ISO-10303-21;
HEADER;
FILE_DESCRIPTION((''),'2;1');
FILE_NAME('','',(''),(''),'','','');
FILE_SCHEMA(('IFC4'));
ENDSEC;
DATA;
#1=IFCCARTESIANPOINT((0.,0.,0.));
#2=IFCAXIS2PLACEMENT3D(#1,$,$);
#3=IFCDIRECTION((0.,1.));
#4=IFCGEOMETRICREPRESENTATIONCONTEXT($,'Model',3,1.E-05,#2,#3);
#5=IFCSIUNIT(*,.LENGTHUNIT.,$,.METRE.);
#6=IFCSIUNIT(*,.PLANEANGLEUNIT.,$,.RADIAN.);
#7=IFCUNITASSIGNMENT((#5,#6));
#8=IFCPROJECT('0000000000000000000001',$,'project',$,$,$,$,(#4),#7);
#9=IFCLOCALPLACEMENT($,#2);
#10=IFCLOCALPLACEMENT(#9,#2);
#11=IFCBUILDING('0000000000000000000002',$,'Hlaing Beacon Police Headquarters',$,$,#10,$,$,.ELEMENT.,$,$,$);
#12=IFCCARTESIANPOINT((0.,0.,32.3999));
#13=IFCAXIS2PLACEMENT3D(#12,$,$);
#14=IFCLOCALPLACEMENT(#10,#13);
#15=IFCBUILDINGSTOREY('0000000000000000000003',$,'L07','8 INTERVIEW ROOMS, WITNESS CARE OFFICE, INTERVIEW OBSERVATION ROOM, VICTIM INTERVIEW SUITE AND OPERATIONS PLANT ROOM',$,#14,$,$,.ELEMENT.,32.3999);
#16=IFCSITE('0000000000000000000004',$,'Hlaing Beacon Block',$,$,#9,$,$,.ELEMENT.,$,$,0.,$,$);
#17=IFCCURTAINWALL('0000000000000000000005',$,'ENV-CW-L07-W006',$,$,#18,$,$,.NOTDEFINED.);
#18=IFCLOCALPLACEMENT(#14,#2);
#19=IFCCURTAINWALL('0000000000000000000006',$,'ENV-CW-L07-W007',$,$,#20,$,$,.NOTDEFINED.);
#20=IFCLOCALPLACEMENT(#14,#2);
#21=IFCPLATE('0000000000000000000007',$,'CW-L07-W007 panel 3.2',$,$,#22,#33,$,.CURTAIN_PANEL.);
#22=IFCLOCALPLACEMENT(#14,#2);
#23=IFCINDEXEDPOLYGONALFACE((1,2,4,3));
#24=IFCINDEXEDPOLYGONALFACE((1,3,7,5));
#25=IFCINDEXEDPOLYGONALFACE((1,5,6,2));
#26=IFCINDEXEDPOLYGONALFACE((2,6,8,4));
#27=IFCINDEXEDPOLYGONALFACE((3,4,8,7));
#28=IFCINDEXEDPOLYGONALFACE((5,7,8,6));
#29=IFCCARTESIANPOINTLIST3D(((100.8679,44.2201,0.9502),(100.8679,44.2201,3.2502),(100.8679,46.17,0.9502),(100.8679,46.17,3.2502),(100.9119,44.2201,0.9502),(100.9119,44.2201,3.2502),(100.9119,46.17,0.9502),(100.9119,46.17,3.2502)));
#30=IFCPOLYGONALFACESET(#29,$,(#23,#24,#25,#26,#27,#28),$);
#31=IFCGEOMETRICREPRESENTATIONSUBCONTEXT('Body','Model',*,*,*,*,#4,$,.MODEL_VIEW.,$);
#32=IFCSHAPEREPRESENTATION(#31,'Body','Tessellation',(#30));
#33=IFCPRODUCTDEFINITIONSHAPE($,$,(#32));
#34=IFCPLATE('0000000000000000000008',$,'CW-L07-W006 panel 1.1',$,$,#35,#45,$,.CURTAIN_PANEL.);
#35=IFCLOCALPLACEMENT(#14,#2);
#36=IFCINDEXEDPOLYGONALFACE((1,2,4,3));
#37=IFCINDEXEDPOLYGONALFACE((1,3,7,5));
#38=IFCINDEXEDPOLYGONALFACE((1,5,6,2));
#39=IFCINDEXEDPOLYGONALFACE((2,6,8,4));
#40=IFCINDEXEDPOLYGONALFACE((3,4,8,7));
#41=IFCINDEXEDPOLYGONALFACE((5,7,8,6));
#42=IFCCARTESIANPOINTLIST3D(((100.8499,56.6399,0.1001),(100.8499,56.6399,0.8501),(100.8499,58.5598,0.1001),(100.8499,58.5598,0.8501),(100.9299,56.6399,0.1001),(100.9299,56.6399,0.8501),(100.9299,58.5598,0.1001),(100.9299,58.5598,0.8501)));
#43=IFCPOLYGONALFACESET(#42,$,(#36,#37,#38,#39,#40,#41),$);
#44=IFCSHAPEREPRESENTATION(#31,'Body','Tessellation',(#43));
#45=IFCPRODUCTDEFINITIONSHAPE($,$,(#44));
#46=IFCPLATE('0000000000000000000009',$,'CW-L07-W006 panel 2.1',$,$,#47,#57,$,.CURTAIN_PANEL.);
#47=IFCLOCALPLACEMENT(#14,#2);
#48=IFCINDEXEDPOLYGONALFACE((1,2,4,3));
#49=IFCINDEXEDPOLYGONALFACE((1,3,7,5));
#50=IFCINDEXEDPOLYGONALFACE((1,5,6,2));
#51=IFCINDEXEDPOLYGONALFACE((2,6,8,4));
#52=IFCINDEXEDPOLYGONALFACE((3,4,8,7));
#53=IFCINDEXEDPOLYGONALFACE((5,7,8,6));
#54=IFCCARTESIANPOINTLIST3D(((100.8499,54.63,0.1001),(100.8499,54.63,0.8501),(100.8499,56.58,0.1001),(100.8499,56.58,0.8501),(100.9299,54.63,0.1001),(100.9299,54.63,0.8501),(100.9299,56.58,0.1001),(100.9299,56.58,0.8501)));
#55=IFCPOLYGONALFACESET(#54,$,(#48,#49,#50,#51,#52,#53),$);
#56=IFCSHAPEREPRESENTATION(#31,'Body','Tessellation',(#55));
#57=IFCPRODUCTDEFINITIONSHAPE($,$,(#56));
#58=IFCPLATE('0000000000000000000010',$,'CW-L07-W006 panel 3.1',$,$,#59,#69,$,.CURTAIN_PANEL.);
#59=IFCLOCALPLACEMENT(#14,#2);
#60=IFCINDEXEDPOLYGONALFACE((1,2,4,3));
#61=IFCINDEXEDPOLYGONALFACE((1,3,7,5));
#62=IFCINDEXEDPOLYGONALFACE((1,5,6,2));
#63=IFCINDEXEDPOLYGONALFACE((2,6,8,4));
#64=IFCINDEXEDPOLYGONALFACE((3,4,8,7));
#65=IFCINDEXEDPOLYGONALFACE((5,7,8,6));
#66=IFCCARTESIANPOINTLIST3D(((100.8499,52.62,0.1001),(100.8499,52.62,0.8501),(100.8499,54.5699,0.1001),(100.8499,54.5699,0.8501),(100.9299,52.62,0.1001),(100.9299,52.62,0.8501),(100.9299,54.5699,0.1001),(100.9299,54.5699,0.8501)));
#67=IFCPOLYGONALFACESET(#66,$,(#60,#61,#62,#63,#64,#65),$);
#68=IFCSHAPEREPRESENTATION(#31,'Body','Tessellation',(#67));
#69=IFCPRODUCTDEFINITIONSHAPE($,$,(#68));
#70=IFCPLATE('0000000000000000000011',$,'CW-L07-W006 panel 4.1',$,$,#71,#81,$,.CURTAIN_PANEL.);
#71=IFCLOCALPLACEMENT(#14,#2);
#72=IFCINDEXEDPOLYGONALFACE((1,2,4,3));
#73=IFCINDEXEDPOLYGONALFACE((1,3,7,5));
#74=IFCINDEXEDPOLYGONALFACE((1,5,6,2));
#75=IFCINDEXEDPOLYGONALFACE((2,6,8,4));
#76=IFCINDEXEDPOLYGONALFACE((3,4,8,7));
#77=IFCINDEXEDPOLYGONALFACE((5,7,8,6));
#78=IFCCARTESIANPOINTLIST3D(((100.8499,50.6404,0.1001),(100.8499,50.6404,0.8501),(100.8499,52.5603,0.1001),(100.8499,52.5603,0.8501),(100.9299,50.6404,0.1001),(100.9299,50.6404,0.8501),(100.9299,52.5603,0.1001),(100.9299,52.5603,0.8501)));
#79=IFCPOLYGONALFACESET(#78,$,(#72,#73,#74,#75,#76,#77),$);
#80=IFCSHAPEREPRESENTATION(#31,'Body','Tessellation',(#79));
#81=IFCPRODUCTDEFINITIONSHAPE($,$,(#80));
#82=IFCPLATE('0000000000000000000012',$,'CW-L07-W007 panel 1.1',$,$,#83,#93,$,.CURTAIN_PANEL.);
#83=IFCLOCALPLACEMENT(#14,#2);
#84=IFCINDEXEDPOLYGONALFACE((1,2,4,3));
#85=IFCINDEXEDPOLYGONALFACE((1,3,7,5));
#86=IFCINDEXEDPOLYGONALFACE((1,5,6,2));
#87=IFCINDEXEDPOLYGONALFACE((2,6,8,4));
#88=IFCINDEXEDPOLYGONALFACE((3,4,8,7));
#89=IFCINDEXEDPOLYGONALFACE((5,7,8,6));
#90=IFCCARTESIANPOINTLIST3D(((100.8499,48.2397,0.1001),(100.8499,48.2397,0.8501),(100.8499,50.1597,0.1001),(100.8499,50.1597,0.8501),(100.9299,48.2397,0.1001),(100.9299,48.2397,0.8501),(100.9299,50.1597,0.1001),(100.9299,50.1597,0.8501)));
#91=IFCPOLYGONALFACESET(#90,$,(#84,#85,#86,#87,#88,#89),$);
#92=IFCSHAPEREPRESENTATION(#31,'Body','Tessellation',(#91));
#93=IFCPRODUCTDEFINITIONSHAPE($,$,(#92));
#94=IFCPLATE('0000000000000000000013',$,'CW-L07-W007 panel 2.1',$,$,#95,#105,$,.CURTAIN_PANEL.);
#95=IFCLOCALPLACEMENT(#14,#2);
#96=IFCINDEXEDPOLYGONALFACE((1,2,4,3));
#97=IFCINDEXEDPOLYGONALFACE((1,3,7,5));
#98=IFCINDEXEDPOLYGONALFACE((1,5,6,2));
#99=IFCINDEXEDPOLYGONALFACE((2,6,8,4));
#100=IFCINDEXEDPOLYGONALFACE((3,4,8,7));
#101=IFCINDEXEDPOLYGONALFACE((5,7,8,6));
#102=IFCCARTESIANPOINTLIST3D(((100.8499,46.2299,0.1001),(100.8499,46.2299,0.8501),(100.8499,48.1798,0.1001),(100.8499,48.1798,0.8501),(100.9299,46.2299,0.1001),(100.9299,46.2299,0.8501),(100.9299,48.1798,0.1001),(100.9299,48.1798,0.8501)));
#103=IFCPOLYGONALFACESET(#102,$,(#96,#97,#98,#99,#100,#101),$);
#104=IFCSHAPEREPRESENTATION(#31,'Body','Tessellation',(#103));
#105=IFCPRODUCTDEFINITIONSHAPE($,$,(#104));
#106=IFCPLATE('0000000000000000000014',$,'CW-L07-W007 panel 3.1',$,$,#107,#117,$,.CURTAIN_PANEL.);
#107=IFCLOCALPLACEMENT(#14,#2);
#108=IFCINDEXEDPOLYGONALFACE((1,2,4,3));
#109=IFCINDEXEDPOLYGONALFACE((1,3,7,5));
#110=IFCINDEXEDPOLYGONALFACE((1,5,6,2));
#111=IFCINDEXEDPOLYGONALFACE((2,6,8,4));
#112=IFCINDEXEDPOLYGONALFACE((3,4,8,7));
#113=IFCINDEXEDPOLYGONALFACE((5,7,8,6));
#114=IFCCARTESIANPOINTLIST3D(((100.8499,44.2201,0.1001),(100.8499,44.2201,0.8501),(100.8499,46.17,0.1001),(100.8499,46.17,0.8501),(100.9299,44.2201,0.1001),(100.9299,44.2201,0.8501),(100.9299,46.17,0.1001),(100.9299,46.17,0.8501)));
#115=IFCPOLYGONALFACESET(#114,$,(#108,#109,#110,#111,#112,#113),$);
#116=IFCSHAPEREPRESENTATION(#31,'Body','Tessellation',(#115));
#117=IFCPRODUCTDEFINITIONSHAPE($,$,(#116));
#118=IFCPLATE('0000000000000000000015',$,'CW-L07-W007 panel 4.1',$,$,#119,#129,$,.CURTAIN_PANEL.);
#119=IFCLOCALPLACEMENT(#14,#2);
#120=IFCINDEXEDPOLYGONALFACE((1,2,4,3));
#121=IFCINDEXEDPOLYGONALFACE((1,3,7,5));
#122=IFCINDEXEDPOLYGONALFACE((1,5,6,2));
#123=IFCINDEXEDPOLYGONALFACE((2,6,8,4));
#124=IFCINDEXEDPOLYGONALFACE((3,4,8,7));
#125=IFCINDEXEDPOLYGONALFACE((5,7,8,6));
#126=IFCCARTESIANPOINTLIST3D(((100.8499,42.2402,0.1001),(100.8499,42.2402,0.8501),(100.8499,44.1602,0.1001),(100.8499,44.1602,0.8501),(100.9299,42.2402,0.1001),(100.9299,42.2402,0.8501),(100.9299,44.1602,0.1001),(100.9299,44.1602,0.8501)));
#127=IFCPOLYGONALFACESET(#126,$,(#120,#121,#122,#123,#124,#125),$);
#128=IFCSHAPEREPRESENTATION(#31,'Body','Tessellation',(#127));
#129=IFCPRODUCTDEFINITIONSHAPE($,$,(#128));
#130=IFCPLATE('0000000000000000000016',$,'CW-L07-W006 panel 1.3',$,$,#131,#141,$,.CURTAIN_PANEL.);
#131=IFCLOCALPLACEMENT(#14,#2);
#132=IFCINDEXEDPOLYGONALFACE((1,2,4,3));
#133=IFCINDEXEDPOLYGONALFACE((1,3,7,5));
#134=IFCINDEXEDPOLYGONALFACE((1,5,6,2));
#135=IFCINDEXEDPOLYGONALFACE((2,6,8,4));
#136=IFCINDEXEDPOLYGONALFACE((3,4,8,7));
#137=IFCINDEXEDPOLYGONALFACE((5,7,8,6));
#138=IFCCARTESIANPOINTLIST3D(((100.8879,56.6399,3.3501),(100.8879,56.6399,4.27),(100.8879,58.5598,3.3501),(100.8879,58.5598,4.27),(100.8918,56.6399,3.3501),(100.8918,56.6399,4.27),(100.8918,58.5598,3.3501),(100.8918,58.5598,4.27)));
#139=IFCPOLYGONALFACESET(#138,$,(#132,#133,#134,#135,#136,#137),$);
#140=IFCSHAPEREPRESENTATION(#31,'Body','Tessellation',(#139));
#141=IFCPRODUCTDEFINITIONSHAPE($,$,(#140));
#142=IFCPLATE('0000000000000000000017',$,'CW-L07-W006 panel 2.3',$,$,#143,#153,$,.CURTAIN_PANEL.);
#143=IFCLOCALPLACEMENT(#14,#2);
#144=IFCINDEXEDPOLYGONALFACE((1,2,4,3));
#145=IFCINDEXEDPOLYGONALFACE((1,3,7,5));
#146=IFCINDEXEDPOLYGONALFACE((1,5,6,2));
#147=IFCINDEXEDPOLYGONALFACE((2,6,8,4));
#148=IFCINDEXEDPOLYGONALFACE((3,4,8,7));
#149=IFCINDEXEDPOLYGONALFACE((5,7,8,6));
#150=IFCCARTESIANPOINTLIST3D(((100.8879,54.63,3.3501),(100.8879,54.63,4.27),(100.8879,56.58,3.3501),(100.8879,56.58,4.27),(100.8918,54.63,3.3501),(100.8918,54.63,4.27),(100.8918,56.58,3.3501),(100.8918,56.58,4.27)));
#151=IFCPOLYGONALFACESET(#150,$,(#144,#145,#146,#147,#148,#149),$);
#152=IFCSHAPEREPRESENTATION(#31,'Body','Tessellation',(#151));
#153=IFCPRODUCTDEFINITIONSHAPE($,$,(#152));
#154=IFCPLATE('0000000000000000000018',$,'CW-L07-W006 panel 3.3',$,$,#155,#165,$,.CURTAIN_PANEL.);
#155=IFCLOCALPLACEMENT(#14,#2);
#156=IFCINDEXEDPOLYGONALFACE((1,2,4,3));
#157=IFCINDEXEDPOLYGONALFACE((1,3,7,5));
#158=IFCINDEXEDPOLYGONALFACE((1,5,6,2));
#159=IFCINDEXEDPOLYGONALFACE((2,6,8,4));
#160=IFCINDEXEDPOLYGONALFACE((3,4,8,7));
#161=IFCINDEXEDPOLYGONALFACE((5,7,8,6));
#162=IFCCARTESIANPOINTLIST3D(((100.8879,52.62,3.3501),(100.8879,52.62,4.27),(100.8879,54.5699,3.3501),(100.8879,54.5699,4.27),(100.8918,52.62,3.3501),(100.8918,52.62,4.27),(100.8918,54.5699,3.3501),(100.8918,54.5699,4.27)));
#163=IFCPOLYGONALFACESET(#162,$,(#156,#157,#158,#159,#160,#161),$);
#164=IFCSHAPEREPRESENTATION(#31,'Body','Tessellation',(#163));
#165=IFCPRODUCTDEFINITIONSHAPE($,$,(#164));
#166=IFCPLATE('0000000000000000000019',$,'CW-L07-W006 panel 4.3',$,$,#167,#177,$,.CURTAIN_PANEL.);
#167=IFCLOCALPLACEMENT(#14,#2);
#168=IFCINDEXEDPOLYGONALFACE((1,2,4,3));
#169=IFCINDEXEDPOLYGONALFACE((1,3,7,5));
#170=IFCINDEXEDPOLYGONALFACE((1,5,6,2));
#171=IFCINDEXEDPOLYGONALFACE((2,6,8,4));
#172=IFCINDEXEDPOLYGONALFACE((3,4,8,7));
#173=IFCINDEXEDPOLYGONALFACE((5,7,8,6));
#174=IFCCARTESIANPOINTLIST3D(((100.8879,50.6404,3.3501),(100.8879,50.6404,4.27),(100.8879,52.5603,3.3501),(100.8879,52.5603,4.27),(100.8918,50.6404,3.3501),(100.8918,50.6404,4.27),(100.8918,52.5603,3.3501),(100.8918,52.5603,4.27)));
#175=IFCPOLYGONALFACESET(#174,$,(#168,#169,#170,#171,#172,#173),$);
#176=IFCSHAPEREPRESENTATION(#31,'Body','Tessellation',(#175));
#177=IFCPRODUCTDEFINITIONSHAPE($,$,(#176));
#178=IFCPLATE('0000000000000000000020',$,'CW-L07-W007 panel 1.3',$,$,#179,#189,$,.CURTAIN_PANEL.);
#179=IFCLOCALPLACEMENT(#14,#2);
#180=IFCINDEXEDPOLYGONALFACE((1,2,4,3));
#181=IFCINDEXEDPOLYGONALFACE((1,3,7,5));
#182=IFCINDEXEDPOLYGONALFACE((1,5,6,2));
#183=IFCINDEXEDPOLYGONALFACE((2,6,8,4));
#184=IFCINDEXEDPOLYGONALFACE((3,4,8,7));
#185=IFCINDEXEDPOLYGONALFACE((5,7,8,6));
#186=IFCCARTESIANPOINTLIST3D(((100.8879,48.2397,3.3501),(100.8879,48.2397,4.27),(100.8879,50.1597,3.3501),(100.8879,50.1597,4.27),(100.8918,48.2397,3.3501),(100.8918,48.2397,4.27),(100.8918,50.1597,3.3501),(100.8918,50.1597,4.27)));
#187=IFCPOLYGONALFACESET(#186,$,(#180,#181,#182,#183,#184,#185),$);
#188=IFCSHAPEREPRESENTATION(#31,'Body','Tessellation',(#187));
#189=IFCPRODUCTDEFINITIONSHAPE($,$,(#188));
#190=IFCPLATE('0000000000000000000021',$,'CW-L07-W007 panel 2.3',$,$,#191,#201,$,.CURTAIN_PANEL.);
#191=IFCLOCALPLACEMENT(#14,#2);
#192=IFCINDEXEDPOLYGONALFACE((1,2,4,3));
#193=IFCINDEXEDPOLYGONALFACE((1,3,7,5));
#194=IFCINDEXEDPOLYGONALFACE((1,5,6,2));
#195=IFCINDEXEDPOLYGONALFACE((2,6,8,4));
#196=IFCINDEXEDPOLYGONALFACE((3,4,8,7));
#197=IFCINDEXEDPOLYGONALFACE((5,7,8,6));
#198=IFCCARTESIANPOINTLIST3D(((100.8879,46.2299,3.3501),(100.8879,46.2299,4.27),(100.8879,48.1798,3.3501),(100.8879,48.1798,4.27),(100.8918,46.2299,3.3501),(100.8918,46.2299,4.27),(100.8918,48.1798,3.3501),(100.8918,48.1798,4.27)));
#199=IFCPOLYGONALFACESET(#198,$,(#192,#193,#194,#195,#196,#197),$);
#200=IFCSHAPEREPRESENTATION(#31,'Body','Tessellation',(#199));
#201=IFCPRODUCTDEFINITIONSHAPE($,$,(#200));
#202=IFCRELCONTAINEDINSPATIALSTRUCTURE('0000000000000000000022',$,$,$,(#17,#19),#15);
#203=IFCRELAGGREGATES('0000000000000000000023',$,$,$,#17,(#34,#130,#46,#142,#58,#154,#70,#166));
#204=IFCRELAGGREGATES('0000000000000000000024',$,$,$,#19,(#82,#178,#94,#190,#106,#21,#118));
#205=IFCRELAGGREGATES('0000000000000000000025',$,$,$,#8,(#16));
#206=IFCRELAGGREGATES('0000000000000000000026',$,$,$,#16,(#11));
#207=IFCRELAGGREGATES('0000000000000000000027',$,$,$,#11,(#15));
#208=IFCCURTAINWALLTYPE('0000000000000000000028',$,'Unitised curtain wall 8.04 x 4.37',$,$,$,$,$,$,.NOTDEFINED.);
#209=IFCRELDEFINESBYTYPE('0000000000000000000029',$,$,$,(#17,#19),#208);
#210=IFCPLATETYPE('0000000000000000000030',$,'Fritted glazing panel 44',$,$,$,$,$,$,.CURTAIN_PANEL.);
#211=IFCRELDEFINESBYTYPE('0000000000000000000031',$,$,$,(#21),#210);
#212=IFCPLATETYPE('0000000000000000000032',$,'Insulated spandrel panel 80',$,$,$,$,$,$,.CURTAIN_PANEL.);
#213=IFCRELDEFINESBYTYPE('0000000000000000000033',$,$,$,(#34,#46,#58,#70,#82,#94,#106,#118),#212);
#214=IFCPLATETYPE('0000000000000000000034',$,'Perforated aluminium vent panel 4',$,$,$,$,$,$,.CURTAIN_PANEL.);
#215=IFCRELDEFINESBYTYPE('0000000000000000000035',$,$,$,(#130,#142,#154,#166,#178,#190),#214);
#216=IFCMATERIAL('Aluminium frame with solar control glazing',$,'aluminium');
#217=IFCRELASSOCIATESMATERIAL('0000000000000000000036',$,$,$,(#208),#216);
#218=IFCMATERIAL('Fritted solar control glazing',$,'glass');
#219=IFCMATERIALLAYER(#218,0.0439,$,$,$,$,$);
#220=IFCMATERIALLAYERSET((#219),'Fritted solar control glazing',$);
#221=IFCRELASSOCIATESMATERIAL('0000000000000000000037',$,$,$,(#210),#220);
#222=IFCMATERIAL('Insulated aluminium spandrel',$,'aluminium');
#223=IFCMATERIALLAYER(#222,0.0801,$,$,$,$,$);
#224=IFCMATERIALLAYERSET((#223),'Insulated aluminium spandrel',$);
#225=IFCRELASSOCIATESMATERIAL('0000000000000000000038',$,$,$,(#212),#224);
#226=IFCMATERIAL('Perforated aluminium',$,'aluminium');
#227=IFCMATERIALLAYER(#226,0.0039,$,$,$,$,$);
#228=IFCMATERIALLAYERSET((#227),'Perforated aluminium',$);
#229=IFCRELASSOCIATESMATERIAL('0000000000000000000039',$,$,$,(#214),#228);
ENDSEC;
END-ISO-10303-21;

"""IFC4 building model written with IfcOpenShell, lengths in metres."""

from ifc_helpers import new_model, si_unit, direction, frame, origin, origin_2d, place, context, subcontext, project, spatial, rectangle, extrude, material, layer, layer_set, type_object, element, aggregate, save


model = new_model("IFC4")

# Units and contexts
model_context = context("Model", 3, precision=1e-05, world=origin(), true_north=direction((0.0, 1.0)))
body_context = subcontext(model_context, "Body", "Model", "MODEL_VIEW")
ifc_project = project(units=[si_unit("LENGTHUNIT", "METRE"), si_unit("PLANEANGLEUNIT", "RADIAN")], contexts=[model_context])

# Site, building, storey
site_placement = place(None, origin())
site = spatial("IfcSite", under=ifc_project, at=site_placement, Name="Hlaing Beacon Block", CompositionType="ELEMENT", RefElevation=0.0)
building_placement = place(site_placement, origin())
building = spatial("IfcBuilding", under=site, at=building_placement, Name="Hlaing Beacon Police Headquarters", CompositionType="ELEMENT")
storey_placement = place(building_placement, frame((0.0, 0.0, 32.3999)))
storey = spatial("IfcBuildingStorey", under=building, at=storey_placement, Name="L07", Description="8 INTERVIEW ROOMS, WITNESS CARE OFFICE, INTERVIEW OBSERVATION ROOM, VICTIM INTERVIEW SUITE AND OPERATIONS PLANT ROOM", CompositionType="ELEMENT", Elevation=32.3999)

# Curtain walls
ifc_material_1 = material(Name="Aluminium frame with solar control glazing", Category="aluminium")
curtain_wall_type = type_object("IfcCurtainWallType", Name="Unitised curtain wall 8.04 x 4.37", PredefinedType="NOTDEFINED", material=ifc_material_1)
curtain_wall_1_placement = place(storey_placement, origin())
curtain_wall_1 = element("IfcCurtainWall", 1, at=curtain_wall_1_placement, inside=storey, type_object=curtain_wall_type, Name="ENV-CW-L07-W006", PredefinedType="NOTDEFINED")
curtain_wall_2_placement = place(storey_placement, origin())
curtain_wall_2 = element("IfcCurtainWall", 2, at=curtain_wall_2_placement, inside=storey, type_object=curtain_wall_type, Name="ENV-CW-L07-W007", PredefinedType="NOTDEFINED")

# Plates
ifc_material_2 = material(Name="Fritted solar control glazing", Category="glass")
ifc_layer_1 = layer(ifc_material_2, 0.0439)
ifc_layer_set_1 = layer_set([ifc_layer_1], Name="Fritted solar control glazing")
plate_type_1 = type_object("IfcPlateType", Name="Fritted glazing panel 44", PredefinedType="CURTAIN_PANEL", material=ifc_layer_set_1)
plate_1_placement = place(storey_placement, frame((100.8899, 45.1951, 0.9502), z_axis=(0.0, 0.0, 1.0), x_axis=(0.0, -1.0, 0.0)))
plate_1 = element("IfcPlate", 3, at=plate_1_placement, type_object=plate_type_1, Name="CW-L07-W007 panel 3.2", PredefinedType="CURTAIN_PANEL", context=body_context, shape_type="SweptSolid", body=[
    extrude(rectangle(XDim=1.95, YDim=0.0439, at=origin_2d()), origin(), (0.0, 0.0, 1.0), 2.3),
])
ifc_material_3 = material(Name="Insulated aluminium spandrel", Category="aluminium")
ifc_layer_2 = layer(ifc_material_3, 0.0801)
ifc_layer_set_2 = layer_set([ifc_layer_2], Name="Insulated aluminium spandrel")
plate_type_2 = type_object("IfcPlateType", Name="Insulated spandrel panel 80", PredefinedType="CURTAIN_PANEL", material=ifc_layer_set_2)
plate_2_placement = place(storey_placement, frame((100.8899, 57.5999, 0.1001), z_axis=(0.0, 0.0, 1.0), x_axis=(0.0, -1.0, 0.0)))
plate_2 = element("IfcPlate", 4, at=plate_2_placement, type_object=plate_type_2, Name="CW-L07-W006 panel 1.1", PredefinedType="CURTAIN_PANEL", context=body_context, shape_type="SweptSolid", body=[
    extrude(rectangle(XDim=1.9199, YDim=0.0801, at=origin_2d()), origin(), (0.0, 0.0, 1.0), 0.75),
])
plate_3_placement = place(storey_placement, frame((100.8899, 55.605, 0.1001), z_axis=(0.0, 0.0, 1.0), x_axis=(0.0, -1.0, 0.0)))
plate_3 = element("IfcPlate", 5, at=plate_3_placement, type_object=plate_type_2, Name="CW-L07-W006 panel 2.1", PredefinedType="CURTAIN_PANEL", context=body_context, shape_type="SweptSolid", body=[
    extrude(rectangle(XDim=1.95, YDim=0.0801, at=origin_2d()), origin(), (0.0, 0.0, 1.0), 0.75),
])
plate_4_placement = place(storey_placement, frame((100.8899, 53.595, 0.1001), z_axis=(0.0, 0.0, 1.0), x_axis=(0.0, -1.0, 0.0)))
plate_4 = element("IfcPlate", 6, at=plate_4_placement, type_object=plate_type_2, Name="CW-L07-W006 panel 3.1", PredefinedType="CURTAIN_PANEL", context=body_context, shape_type="SweptSolid", body=[
    extrude(rectangle(XDim=1.95, YDim=0.0801, at=origin_2d()), origin(), (0.0, 0.0, 1.0), 0.75),
])
plate_5_placement = place(storey_placement, frame((100.8899, 51.6003, 0.1001), z_axis=(0.0, 0.0, 1.0), x_axis=(0.0, -1.0, 0.0)))
plate_5 = element("IfcPlate", 7, at=plate_5_placement, type_object=plate_type_2, Name="CW-L07-W006 panel 4.1", PredefinedType="CURTAIN_PANEL", context=body_context, shape_type="SweptSolid", body=[
    extrude(rectangle(XDim=1.9199, YDim=0.0801, at=origin_2d()), origin(), (0.0, 0.0, 1.0), 0.75),
])
plate_6_placement = place(storey_placement, frame((100.8899, 49.1997, 0.1001), z_axis=(0.0, 0.0, 1.0), x_axis=(0.0, -1.0, 0.0)))
plate_6 = element("IfcPlate", 8, at=plate_6_placement, type_object=plate_type_2, Name="CW-L07-W007 panel 1.1", PredefinedType="CURTAIN_PANEL", context=body_context, shape_type="SweptSolid", body=[
    extrude(rectangle(XDim=1.9199, YDim=0.0801, at=origin_2d()), origin(), (0.0, 0.0, 1.0), 0.75),
])
plate_7_placement = place(storey_placement, frame((100.8899, 47.2048, 0.1001), z_axis=(0.0, 0.0, 1.0), x_axis=(0.0, -1.0, 0.0)))
plate_7 = element("IfcPlate", 9, at=plate_7_placement, type_object=plate_type_2, Name="CW-L07-W007 panel 2.1", PredefinedType="CURTAIN_PANEL", context=body_context, shape_type="SweptSolid", body=[
    extrude(rectangle(XDim=1.95, YDim=0.0801, at=origin_2d()), origin(), (0.0, 0.0, 1.0), 0.75),
])
plate_8_placement = place(storey_placement, frame((100.8899, 45.1951, 0.1001), z_axis=(0.0, 0.0, 1.0), x_axis=(0.0, -1.0, 0.0)))
plate_8 = element("IfcPlate", 10, at=plate_8_placement, type_object=plate_type_2, Name="CW-L07-W007 panel 3.1", PredefinedType="CURTAIN_PANEL", context=body_context, shape_type="SweptSolid", body=[
    extrude(rectangle(XDim=1.95, YDim=0.0801, at=origin_2d()), origin(), (0.0, 0.0, 1.0), 0.75),
])
plate_9_placement = place(storey_placement, frame((100.8899, 43.2002, 0.1001), z_axis=(0.0, 0.0, 1.0), x_axis=(0.0, -1.0, 0.0)))
plate_9 = element("IfcPlate", 11, at=plate_9_placement, type_object=plate_type_2, Name="CW-L07-W007 panel 4.1", PredefinedType="CURTAIN_PANEL", context=body_context, shape_type="SweptSolid", body=[
    extrude(rectangle(XDim=1.9199, YDim=0.0801, at=origin_2d()), origin(), (0.0, 0.0, 1.0), 0.75),
])
ifc_material_4 = material(Name="Perforated aluminium", Category="aluminium")
ifc_layer_3 = layer(ifc_material_4, 0.0039)
ifc_layer_set_3 = layer_set([ifc_layer_3], Name="Perforated aluminium")
plate_type_3 = type_object("IfcPlateType", Name="Perforated aluminium vent panel 4", PredefinedType="CURTAIN_PANEL", material=ifc_layer_set_3)
plate_10_placement = place(storey_placement, frame((100.8899, 57.5999, 3.3501), z_axis=(0.0, 0.0, 1.0), x_axis=(0.0, -1.0, 0.0)))
plate_10 = element("IfcPlate", 12, at=plate_10_placement, type_object=plate_type_3, Name="CW-L07-W006 panel 1.3", PredefinedType="CURTAIN_PANEL", context=body_context, shape_type="SweptSolid", body=[
    extrude(rectangle(XDim=1.9199, YDim=0.0039, at=origin_2d()), origin(), (0.0, 0.0, 1.0), 0.9199),
])
plate_11_placement = place(storey_placement, frame((100.8899, 55.605, 3.3501), z_axis=(0.0, 0.0, 1.0), x_axis=(0.0, -1.0, 0.0)))
plate_11 = element("IfcPlate", 13, at=plate_11_placement, type_object=plate_type_3, Name="CW-L07-W006 panel 2.3", PredefinedType="CURTAIN_PANEL", context=body_context, shape_type="SweptSolid", body=[
    extrude(rectangle(XDim=1.95, YDim=0.0039, at=origin_2d()), origin(), (0.0, 0.0, 1.0), 0.9199),
])
plate_12_placement = place(storey_placement, frame((100.8899, 53.595, 3.3501), z_axis=(0.0, 0.0, 1.0), x_axis=(0.0, -1.0, 0.0)))
plate_12 = element("IfcPlate", 14, at=plate_12_placement, type_object=plate_type_3, Name="CW-L07-W006 panel 3.3", PredefinedType="CURTAIN_PANEL", context=body_context, shape_type="SweptSolid", body=[
    extrude(rectangle(XDim=1.95, YDim=0.0039, at=origin_2d()), origin(), (0.0, 0.0, 1.0), 0.9199),
])
plate_13_placement = place(storey_placement, frame((100.8899, 51.6003, 3.3501), z_axis=(0.0, 0.0, 1.0), x_axis=(0.0, -1.0, 0.0)))
plate_13 = element("IfcPlate", 15, at=plate_13_placement, type_object=plate_type_3, Name="CW-L07-W006 panel 4.3", PredefinedType="CURTAIN_PANEL", context=body_context, shape_type="SweptSolid", body=[
    extrude(rectangle(XDim=1.9199, YDim=0.0039, at=origin_2d()), origin(), (0.0, 0.0, 1.0), 0.9199),
])
aggregate(curtain_wall_1, [plate_2, plate_10, plate_3, plate_11, plate_4, plate_12, plate_5, plate_13])
plate_14_placement = place(storey_placement, frame((100.8899, 49.1997, 3.3501), z_axis=(0.0, 0.0, 1.0), x_axis=(0.0, -1.0, 0.0)))
plate_14 = element("IfcPlate", 16, at=plate_14_placement, type_object=plate_type_3, Name="CW-L07-W007 panel 1.3", PredefinedType="CURTAIN_PANEL", context=body_context, shape_type="SweptSolid", body=[
    extrude(rectangle(XDim=1.9199, YDim=0.0039, at=origin_2d()), origin(), (0.0, 0.0, 1.0), 0.9199),
])
plate_15_placement = place(storey_placement, frame((100.8899, 47.2048, 3.3501), z_axis=(0.0, 0.0, 1.0), x_axis=(0.0, -1.0, 0.0)))
plate_15 = element("IfcPlate", 17, at=plate_15_placement, type_object=plate_type_3, Name="CW-L07-W007 panel 2.3", PredefinedType="CURTAIN_PANEL", context=body_context, shape_type="SweptSolid", body=[
    extrude(rectangle(XDim=1.95, YDim=0.0039, at=origin_2d()), origin(), (0.0, 0.0, 1.0), 0.9199),
])
aggregate(curtain_wall_2, [plate_6, plate_14, plate_7, plate_15, plate_8, plate_1, plate_9])

save(model, "model.ifc")
